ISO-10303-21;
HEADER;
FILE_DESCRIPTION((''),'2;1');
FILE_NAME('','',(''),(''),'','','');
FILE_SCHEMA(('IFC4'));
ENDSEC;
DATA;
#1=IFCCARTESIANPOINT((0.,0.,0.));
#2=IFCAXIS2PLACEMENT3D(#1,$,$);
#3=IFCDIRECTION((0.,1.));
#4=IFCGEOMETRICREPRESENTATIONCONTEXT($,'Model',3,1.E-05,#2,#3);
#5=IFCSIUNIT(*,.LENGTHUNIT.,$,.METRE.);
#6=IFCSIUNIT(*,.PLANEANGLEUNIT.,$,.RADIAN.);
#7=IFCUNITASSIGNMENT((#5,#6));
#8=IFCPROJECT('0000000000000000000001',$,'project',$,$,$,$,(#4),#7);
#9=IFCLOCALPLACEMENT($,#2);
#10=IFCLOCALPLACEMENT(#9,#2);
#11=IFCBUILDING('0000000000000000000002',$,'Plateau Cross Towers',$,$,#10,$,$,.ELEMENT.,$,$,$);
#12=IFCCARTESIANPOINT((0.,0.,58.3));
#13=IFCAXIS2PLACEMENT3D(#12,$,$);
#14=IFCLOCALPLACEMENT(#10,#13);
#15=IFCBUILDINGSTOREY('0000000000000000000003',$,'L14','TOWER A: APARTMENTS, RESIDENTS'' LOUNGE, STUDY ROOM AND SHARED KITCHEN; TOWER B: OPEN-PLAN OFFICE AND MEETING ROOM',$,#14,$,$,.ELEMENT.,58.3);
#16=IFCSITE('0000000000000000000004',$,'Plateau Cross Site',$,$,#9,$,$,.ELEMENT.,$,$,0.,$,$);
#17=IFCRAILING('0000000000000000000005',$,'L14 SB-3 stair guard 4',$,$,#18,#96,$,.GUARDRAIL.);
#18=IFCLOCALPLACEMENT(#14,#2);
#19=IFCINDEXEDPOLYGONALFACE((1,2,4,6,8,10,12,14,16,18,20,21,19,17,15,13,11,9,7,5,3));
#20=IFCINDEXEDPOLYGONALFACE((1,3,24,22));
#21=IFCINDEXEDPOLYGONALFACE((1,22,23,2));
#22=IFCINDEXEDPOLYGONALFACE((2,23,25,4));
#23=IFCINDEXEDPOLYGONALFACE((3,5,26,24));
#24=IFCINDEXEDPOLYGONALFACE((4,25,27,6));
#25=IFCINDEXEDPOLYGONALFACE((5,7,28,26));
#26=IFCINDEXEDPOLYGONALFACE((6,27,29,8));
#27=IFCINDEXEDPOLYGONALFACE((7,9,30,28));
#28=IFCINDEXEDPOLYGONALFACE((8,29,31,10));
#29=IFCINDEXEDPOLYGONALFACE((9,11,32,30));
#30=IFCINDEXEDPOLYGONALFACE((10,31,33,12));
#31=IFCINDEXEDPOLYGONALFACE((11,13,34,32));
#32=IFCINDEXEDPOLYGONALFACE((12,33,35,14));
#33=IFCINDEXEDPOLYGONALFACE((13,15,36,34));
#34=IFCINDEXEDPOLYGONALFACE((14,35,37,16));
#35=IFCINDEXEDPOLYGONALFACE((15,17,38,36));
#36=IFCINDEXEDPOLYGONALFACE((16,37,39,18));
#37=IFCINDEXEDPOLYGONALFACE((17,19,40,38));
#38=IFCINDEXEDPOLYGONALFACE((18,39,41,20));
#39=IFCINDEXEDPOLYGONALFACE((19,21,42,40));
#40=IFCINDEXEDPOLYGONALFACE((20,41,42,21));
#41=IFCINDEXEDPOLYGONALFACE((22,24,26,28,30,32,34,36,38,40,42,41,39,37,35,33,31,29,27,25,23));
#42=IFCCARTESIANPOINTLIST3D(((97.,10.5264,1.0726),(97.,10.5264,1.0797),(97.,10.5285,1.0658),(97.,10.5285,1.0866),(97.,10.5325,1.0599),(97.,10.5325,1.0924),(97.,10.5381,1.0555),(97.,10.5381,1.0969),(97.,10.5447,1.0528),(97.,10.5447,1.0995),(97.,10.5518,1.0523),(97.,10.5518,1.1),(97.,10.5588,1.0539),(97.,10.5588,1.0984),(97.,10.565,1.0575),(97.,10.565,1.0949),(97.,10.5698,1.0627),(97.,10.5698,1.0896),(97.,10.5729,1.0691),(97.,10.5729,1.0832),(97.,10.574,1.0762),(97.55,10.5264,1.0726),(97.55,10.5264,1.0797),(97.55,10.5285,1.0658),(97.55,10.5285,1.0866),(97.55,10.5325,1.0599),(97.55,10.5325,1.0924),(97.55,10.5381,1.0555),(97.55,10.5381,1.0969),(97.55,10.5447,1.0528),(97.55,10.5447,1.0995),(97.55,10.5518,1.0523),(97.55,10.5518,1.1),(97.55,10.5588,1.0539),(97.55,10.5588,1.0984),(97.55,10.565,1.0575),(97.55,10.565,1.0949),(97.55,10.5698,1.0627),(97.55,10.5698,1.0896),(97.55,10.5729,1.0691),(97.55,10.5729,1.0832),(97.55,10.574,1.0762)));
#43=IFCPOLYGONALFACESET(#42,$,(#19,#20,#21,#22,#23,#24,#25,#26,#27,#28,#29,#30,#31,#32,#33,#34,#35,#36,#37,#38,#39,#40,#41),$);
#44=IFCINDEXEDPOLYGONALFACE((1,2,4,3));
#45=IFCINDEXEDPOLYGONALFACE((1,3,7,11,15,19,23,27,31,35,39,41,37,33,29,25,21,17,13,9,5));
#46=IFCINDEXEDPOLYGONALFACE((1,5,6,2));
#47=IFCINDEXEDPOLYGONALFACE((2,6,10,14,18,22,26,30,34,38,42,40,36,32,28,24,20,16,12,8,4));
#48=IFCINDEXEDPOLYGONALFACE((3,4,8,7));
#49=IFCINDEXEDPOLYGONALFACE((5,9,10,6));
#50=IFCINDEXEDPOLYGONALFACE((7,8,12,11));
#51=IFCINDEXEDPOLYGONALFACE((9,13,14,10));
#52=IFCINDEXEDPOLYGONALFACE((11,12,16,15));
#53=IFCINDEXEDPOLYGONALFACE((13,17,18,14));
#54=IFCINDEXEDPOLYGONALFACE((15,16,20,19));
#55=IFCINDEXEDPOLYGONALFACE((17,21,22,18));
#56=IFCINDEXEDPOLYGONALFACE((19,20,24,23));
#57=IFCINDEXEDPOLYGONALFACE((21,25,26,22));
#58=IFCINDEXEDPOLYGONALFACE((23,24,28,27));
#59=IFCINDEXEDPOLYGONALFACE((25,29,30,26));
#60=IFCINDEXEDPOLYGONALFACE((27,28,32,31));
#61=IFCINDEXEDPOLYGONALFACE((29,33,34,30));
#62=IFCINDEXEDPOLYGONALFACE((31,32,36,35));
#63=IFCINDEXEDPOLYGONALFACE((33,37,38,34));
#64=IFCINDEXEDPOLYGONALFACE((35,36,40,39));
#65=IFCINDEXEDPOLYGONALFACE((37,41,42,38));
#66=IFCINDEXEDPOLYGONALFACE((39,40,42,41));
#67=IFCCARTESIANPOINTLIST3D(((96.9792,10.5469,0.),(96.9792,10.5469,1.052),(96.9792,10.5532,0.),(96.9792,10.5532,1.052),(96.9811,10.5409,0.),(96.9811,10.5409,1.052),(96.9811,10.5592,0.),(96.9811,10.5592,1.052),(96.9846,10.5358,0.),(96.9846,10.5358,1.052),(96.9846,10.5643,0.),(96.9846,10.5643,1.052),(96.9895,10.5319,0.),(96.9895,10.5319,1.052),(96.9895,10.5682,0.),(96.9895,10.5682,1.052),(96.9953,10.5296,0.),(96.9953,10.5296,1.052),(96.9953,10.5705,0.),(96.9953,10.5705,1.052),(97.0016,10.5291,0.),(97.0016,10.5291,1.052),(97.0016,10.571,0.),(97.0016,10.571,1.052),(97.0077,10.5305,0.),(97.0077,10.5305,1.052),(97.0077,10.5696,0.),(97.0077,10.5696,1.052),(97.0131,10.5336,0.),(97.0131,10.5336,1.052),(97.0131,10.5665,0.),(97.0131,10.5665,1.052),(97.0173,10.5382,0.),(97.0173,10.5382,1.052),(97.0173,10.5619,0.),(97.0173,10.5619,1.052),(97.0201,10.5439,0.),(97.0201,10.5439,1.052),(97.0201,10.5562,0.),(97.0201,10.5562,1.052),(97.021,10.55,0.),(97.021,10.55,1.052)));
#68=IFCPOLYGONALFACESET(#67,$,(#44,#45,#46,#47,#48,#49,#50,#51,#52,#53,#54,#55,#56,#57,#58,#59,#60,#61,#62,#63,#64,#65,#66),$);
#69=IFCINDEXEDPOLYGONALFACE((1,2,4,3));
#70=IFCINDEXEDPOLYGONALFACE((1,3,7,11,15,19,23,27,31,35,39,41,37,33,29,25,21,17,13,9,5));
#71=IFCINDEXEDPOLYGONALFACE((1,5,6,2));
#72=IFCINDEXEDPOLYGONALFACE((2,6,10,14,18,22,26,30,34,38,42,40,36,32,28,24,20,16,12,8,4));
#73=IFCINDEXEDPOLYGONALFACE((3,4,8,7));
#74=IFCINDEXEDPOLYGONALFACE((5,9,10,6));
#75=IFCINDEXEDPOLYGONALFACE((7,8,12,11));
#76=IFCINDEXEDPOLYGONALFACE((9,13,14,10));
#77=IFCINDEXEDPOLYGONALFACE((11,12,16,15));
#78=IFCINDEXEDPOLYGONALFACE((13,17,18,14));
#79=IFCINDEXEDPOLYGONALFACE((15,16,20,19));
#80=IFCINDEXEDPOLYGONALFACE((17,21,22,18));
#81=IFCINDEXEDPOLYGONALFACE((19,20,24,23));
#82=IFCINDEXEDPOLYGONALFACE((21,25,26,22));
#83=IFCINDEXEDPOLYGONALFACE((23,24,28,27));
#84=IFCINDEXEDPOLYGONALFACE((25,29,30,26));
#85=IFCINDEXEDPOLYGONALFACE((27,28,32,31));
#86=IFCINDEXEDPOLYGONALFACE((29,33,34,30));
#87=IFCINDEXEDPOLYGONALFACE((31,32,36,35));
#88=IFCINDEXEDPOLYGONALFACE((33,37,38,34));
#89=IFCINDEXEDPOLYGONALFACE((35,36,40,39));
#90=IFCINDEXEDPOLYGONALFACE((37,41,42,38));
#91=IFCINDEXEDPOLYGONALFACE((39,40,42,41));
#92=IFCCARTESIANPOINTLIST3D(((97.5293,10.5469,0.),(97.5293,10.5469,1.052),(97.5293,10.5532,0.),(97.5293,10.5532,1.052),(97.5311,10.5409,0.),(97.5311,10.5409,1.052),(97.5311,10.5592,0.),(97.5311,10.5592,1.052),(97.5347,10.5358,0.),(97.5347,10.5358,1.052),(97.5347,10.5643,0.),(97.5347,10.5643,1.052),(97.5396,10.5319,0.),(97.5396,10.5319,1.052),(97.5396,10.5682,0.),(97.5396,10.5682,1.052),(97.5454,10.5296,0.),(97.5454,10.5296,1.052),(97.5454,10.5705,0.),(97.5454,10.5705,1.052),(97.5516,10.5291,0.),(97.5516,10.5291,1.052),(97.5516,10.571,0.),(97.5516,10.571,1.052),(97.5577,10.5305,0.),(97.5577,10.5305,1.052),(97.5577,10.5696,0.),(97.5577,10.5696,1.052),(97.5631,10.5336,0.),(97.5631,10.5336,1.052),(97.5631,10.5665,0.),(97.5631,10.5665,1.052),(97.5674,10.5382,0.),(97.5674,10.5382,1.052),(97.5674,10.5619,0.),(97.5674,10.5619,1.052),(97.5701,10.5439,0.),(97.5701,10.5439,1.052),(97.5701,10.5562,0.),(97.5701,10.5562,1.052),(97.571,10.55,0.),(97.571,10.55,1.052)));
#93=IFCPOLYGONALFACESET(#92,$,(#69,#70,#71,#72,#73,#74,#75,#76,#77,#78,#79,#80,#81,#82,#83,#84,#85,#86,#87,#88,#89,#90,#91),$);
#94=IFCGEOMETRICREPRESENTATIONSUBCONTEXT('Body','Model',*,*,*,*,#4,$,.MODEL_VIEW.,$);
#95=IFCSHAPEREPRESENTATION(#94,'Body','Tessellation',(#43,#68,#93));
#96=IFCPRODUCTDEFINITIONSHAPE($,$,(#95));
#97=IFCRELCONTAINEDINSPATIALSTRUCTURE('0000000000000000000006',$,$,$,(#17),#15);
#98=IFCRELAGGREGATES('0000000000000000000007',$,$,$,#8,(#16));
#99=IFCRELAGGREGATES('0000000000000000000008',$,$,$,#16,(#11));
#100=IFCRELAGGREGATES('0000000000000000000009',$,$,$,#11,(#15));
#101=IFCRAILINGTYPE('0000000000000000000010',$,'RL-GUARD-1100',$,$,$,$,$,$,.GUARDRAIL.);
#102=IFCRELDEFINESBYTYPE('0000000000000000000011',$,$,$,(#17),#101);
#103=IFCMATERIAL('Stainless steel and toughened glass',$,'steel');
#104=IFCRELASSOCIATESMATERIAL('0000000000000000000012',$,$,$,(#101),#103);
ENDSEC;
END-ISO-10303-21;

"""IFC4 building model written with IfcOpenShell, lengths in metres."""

from ifc_helpers import new_model, si_unit, direction, frame, origin, origin_2d, place, context, subcontext, project, spatial, circle, extrude, material, type_object, element, save


model = new_model("IFC4")

# Units and contexts
model_context = context("Model", 3, precision=1e-05, world=origin(), true_north=direction((0.0, 1.0)))
body_context = subcontext(model_context, "Body", "Model", "MODEL_VIEW")
ifc_project = project(units=[si_unit("LENGTHUNIT", "METRE"), si_unit("PLANEANGLEUNIT", "RADIAN")], contexts=[model_context])

# Site, building, storey
site_placement = place(None, origin())
site = spatial("IfcSite", under=ifc_project, at=site_placement, Name="Plateau Cross Site", CompositionType="ELEMENT", RefElevation=0.0)
building_placement = place(site_placement, origin())
building = spatial("IfcBuilding", under=site, at=building_placement, Name="Plateau Cross Towers", CompositionType="ELEMENT")
storey_placement = place(building_placement, frame((0.0, 0.0, 58.3)))
storey = spatial("IfcBuildingStorey", under=building, at=storey_placement, Name="L14", Description="TOWER A: APARTMENTS, RESIDENTS' LOUNGE, STUDY ROOM AND SHARED KITCHEN; TOWER B: OPEN-PLAN OFFICE AND MEETING ROOM", CompositionType="ELEMENT", Elevation=58.3)

# Railing
ifc_material_1 = material(Name="Stainless steel and toughened glass", Category="steel")
railing_type_1 = type_object("IfcRailingType", Name="RL-GUARD-1100", PredefinedType="GUARDRAIL", material=ifc_material_1)
railing_1_placement = place(storey_placement, frame((97.0, 10.55, 0.0)))
element("IfcRailing", 1, at=railing_1_placement, inside=storey, type_object=railing_type_1, Name="L14 SB-3 stair guard 4", PredefinedType="GUARDRAIL", context=body_context, shape_type="SweptSolid", body=[
    extrude(circle(Radius=0.0239, at=origin_2d()), frame((0.0, 0.0, 1.0762), z_axis=(1.0, 0.0, 0.0), x_axis=(0.0, 1.0, 0.0)), (0.0, 0.0, 1.0), 0.55),
    extrude(circle(Radius=0.021, at=origin_2d()), origin(), (0.0, 0.0, 1.0), 1.052),
    extrude(circle(Radius=0.021, at=origin_2d()), frame((0.55, 0.0, 0.0)), (0.0, 0.0, 1.0), 1.052),
])

save(model, "model.ifc")
